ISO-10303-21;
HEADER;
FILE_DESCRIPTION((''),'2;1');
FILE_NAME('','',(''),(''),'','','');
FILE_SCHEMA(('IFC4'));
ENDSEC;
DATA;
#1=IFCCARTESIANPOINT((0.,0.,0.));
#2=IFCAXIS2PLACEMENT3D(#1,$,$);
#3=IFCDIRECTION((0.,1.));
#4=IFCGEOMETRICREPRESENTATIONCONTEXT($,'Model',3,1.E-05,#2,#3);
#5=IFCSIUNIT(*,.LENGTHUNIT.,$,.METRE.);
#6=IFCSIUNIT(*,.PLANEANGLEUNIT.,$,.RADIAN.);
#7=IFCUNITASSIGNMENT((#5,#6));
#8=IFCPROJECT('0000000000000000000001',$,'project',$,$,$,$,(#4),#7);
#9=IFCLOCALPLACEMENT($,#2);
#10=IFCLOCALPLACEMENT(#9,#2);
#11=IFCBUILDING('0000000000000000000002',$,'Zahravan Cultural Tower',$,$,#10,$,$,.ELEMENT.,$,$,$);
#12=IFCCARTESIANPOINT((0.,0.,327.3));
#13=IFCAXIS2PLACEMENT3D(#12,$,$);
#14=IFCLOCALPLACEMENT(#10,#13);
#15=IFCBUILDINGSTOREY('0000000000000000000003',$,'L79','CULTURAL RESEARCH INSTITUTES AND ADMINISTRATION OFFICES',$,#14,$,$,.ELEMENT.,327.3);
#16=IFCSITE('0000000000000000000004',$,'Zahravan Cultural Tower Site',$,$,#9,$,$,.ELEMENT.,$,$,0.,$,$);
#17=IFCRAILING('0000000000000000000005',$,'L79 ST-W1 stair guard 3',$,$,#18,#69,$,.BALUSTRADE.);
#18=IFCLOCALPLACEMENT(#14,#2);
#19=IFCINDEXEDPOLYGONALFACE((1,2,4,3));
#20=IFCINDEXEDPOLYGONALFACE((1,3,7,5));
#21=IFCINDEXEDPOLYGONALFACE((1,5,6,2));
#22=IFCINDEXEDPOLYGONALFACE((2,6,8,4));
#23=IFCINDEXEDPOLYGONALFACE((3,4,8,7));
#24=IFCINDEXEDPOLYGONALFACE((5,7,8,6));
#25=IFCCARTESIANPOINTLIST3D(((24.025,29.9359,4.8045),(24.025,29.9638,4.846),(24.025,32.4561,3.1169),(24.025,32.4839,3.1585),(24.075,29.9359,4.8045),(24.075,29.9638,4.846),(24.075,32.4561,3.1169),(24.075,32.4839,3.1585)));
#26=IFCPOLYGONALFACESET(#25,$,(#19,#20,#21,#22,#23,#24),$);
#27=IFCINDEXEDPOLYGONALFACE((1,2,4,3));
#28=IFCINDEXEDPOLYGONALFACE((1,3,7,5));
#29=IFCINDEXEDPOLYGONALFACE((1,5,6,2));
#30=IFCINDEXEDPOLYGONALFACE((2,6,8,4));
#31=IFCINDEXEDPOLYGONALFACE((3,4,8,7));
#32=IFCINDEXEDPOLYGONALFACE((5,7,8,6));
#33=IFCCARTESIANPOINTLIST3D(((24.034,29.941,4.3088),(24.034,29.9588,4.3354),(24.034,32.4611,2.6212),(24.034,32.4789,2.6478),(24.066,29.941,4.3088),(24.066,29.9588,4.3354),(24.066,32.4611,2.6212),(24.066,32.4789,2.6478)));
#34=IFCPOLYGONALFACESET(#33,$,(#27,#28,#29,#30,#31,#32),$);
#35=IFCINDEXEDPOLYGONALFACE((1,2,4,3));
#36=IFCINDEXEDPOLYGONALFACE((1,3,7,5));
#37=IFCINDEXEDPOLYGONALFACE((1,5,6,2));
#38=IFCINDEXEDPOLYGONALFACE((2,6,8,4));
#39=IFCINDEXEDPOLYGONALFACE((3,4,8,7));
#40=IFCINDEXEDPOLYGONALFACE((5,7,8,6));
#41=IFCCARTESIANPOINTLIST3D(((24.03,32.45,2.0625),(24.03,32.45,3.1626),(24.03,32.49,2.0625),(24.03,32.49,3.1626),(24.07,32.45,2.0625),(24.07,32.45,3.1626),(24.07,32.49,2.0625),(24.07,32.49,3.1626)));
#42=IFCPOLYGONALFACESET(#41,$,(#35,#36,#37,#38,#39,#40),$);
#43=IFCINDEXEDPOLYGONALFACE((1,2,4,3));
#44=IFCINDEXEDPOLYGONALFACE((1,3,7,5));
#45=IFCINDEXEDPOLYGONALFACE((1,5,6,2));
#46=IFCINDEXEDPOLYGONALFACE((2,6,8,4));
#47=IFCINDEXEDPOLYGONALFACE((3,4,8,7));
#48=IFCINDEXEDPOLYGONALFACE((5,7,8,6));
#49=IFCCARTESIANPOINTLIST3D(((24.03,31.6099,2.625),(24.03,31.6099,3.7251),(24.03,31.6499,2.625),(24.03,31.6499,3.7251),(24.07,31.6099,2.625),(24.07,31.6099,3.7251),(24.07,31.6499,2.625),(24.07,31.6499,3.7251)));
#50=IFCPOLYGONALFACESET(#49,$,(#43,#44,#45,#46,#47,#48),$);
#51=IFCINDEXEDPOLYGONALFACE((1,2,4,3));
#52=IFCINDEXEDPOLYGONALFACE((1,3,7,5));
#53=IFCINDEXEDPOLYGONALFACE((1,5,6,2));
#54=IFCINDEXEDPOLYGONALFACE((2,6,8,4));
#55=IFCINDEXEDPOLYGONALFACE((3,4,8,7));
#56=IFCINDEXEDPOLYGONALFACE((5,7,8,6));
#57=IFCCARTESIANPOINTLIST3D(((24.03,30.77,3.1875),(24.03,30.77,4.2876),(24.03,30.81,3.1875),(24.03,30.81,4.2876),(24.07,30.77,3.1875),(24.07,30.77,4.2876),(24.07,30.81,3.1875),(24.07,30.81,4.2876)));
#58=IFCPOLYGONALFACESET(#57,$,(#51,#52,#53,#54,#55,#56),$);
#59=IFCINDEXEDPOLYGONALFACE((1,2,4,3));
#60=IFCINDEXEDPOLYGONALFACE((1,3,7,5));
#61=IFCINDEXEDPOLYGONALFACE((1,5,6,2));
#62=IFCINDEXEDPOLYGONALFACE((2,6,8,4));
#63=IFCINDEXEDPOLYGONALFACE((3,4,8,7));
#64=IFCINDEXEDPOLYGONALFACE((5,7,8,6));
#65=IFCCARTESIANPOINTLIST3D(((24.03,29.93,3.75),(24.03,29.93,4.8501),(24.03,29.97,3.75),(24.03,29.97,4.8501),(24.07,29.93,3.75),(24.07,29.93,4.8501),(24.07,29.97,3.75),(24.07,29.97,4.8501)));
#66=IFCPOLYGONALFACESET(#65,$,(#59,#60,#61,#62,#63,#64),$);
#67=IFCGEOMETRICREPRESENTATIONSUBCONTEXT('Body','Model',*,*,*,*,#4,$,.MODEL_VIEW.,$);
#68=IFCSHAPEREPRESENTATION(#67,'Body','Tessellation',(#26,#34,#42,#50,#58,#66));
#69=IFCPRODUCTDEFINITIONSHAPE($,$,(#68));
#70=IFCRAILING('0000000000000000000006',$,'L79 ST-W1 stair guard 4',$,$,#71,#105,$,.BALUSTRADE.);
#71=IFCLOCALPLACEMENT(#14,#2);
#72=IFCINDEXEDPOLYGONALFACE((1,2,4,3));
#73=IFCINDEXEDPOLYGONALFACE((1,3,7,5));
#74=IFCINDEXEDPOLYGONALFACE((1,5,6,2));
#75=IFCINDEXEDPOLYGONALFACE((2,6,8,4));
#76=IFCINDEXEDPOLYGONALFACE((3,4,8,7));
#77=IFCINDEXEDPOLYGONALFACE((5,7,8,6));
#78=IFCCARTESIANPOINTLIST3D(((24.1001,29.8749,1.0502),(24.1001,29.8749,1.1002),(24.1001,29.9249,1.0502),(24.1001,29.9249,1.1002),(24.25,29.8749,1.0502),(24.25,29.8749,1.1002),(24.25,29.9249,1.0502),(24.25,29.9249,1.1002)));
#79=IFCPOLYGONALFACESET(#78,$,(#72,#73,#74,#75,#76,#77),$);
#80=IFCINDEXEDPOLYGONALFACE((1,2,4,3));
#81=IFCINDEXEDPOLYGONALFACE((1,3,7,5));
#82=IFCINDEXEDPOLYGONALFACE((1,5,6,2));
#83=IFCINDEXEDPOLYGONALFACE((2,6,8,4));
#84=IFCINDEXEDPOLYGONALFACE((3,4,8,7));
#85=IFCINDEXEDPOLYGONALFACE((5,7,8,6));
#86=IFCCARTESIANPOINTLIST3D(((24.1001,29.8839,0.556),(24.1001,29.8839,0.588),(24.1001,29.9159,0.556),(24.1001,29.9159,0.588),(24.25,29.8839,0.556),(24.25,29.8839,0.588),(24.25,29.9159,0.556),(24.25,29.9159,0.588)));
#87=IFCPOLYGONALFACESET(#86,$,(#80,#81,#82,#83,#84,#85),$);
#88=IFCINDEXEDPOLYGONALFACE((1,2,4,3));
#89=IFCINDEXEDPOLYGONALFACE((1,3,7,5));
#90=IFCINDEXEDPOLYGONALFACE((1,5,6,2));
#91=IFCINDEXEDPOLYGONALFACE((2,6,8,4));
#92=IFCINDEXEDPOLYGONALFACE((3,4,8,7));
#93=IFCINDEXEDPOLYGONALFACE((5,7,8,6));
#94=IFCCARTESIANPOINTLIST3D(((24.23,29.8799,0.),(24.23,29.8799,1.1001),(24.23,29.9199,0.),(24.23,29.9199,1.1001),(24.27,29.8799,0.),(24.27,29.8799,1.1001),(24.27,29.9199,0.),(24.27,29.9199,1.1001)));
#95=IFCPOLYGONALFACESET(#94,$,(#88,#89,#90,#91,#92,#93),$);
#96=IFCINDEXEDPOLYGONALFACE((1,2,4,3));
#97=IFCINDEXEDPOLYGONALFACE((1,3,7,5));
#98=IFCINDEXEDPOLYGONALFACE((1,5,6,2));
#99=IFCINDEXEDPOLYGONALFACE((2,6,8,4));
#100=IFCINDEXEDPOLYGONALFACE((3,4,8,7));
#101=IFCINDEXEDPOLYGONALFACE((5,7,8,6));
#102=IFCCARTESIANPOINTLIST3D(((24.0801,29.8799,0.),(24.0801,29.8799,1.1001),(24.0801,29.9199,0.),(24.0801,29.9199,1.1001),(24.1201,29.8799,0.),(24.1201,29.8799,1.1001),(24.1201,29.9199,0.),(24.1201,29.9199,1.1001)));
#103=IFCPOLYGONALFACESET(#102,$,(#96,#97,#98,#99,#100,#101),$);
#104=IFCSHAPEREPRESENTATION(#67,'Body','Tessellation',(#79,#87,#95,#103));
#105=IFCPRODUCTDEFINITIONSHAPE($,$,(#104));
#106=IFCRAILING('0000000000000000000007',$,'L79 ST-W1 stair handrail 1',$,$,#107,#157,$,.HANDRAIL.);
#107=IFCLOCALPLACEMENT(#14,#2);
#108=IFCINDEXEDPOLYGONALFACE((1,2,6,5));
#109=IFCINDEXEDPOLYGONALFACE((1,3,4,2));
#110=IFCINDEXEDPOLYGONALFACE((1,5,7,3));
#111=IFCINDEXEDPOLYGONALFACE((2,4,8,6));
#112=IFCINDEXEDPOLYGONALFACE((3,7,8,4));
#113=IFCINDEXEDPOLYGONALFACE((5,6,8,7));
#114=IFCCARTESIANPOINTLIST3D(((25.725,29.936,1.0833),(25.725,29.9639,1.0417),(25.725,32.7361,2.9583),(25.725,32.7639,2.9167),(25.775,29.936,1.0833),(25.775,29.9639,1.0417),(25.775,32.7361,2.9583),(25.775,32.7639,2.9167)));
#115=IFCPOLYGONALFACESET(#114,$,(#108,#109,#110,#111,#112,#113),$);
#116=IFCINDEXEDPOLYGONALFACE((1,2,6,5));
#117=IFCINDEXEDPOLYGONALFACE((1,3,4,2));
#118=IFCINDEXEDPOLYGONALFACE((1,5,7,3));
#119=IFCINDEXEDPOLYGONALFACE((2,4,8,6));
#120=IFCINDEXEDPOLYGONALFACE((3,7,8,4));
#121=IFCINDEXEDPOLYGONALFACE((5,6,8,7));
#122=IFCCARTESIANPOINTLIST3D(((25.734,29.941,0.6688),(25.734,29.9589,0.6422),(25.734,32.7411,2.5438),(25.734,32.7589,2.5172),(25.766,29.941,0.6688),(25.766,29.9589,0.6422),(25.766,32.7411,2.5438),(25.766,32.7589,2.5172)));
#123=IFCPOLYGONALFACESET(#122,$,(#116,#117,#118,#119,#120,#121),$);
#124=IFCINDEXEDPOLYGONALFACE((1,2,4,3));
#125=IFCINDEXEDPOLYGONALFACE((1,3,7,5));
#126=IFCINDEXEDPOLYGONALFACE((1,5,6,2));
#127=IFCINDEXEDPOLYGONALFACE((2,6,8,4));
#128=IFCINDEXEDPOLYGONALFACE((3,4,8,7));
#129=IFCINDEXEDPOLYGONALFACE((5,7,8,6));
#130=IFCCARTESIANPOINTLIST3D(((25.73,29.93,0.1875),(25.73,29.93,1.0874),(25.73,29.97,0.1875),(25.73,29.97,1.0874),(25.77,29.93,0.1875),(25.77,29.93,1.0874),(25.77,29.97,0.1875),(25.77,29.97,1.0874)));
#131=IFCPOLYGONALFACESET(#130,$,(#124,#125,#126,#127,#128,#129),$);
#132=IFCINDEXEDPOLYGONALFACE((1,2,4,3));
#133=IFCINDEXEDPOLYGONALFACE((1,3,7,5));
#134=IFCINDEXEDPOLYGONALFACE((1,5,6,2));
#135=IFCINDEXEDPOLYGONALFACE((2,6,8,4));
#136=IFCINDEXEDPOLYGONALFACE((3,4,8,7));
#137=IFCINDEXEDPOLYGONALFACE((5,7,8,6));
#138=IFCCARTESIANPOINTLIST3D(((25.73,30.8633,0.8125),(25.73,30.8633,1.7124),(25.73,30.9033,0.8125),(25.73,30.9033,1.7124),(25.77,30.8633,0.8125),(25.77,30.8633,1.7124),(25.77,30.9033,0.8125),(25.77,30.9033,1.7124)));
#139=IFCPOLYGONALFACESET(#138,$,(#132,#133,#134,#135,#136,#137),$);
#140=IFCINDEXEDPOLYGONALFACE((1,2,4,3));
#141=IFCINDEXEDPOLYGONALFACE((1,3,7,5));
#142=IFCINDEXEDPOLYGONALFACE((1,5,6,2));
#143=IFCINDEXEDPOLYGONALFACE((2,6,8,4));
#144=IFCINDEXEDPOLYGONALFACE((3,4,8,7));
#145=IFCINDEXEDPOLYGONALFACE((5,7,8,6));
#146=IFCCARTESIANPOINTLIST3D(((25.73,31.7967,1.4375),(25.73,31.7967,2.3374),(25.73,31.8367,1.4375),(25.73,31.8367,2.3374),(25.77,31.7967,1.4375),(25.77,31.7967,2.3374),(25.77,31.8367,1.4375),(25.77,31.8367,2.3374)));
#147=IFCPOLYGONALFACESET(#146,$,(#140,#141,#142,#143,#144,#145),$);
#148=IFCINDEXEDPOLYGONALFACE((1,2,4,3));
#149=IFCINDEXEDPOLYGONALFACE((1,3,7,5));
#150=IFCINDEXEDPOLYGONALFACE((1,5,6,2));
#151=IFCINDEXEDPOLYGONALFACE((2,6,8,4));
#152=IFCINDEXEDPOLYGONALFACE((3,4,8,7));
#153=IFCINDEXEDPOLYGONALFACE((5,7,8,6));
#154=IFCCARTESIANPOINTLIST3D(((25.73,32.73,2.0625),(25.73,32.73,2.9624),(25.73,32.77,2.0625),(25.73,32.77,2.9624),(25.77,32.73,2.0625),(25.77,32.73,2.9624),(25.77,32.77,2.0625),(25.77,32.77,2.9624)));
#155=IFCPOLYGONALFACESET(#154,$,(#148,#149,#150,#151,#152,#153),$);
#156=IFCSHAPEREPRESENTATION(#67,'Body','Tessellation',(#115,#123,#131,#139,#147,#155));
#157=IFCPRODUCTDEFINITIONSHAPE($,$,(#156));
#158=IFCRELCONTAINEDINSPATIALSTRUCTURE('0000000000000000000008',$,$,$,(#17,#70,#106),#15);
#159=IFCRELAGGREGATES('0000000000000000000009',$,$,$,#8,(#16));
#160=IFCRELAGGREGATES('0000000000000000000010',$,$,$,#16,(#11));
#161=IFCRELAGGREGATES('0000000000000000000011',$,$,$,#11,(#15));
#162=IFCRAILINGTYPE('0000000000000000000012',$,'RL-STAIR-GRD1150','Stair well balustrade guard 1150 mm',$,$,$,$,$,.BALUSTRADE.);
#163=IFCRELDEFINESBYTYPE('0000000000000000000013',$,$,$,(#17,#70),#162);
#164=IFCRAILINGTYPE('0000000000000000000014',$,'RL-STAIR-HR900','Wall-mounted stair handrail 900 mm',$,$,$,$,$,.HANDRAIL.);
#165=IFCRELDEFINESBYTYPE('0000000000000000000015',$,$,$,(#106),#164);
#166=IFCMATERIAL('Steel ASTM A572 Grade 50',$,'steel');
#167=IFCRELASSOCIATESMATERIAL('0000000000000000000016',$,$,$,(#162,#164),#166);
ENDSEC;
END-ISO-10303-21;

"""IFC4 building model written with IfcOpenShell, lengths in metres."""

from ifc_helpers import new_model, si_unit, direction, frame, origin, origin_2d, place, context, subcontext, project, spatial, rectangle, extrude, material, type_object, element, save


model = new_model("IFC4")

# Units and contexts
model_context = context("Model", 3, precision=1e-05, world=origin(), true_north=direction((0.0, 1.0)))
body_context = subcontext(model_context, "Body", "Model", "MODEL_VIEW")
ifc_project = project(units=[si_unit("LENGTHUNIT", "METRE"), si_unit("PLANEANGLEUNIT", "RADIAN")], contexts=[model_context])

# Site, building, storey
site_placement = place(None, origin())
site = spatial("IfcSite", under=ifc_project, at=site_placement, Name="Zahravan Cultural Tower Site", CompositionType="ELEMENT", RefElevation=0.0)
building_placement = place(site_placement, origin())
building = spatial("IfcBuilding", under=site, at=building_placement, Name="Zahravan Cultural Tower", CompositionType="ELEMENT")
storey_placement = place(building_placement, frame((0.0, 0.0, 327.3)))
storey = spatial("IfcBuildingStorey", under=building, at=storey_placement, Name="L79", Description="CULTURAL RESEARCH INSTITUTES AND ADMINISTRATION OFFICES", CompositionType="ELEMENT", Elevation=327.3)

# Shared definitions
ifc_material_1 = material(Name="Steel ASTM A572 Grade 50", Category="steel")

# Railings
railing_type_1 = type_object("IfcRailingType", Name="RL-STAIR-GRD1150", Description="Stair well balustrade guard 1150 mm", PredefinedType="BALUSTRADE", material=ifc_material_1)
railing_1_placement = place(storey_placement, frame((24.05, 32.47, 2.0625)))
element("IfcRailing", 1, at=railing_1_placement, inside=storey, type_object=railing_type_1, Name="L79 ST-W1 stair guard 3", PredefinedType="BALUSTRADE", context=body_context, shape_type="SweptSolid", body=[
    extrude(rectangle(XDim=0.05, YDim=0.05, at=origin_2d()), frame((0.0, 0.0, 1.0752), z_axis=(0.0, -0.830909, 0.556408), x_axis=(1.0, 0.0, 0.0)), (0.0, 0.0, 1.0), 3.033),
    extrude(rectangle(XDim=0.032, YDim=0.032, at=origin_2d()), frame((0.0, 0.0, 0.572), z_axis=(0.0, -0.830909, 0.556408), x_axis=(1.0, 0.0, 0.0)), (0.0, 0.0, 1.0), 3.033),
    extrude(rectangle(XDim=0.04, YDim=0.04, at=origin_2d()), origin(), (0.0, 0.0, 1.0), 1.1001),
    extrude(rectangle(XDim=0.04, YDim=0.04, at=origin_2d()), frame((0.0, -0.8401, 0.5625)), (0.0, 0.0, 1.0), 1.1001),
    extrude(rectangle(XDim=0.04, YDim=0.04, at=origin_2d()), frame((0.0, -1.6799, 1.125)), (0.0, 0.0, 1.0), 1.1001),
    extrude(rectangle(XDim=0.04, YDim=0.04, at=origin_2d()), frame((0.0, -2.52, 1.6875)), (0.0, 0.0, 1.0), 1.1001),
])
railing_2_placement = place(storey_placement, frame((24.25, 29.8999, 0.0)))
element("IfcRailing", 2, at=railing_2_placement, inside=storey, type_object=railing_type_1, Name="L79 ST-W1 stair guard 4", PredefinedType="BALUSTRADE", context=body_context, shape_type="SweptSolid", body=[
    extrude(rectangle(XDim=0.05, YDim=0.05, at=origin_2d()), frame((0.0, 0.0, 1.0752), z_axis=(-1.0, 0.0, 0.0), x_axis=(0.0, -1.0, 0.0)), (0.0, 0.0, 1.0), 0.1499),
    extrude(rectangle(XDim=0.032, YDim=0.032, at=origin_2d()), frame((0.0, 0.0, 0.572), z_axis=(-1.0, 0.0, 0.0), x_axis=(0.0, -1.0, 0.0)), (0.0, 0.0, 1.0), 0.1499),
    extrude(rectangle(XDim=0.04, YDim=0.04, at=origin_2d()), origin(), (0.0, 0.0, 1.0), 1.1001),
    extrude(rectangle(XDim=0.04, YDim=0.04, at=origin_2d()), frame((-0.1499, 0.0, 0.0)), (0.0, 0.0, 1.0), 1.1001),
])
railing_type_2 = type_object("IfcRailingType", Name="RL-STAIR-HR900", Description="Wall-mounted stair handrail 900 mm", PredefinedType="HANDRAIL", material=ifc_material_1)
railing_3_placement = place(storey_placement, frame((25.75, 29.95, 0.1875)))
element("IfcRailing", 3, at=railing_3_placement, inside=storey, type_object=railing_type_2, Name="L79 ST-W1 stair handrail 1", PredefinedType="HANDRAIL", context=body_context, shape_type="SweptSolid", body=[
    extrude(rectangle(XDim=0.05, YDim=0.05, at=origin_2d()), frame((0.0, 0.0, 0.875), z_axis=(0.0, 0.830912, 0.556404), x_axis=(-1.0, 0.0, 0.0)), (0.0, 0.0, 1.0), 3.3699),
    extrude(rectangle(XDim=0.032, YDim=0.032, at=origin_2d()), frame((0.0, 0.0, 0.468), z_axis=(0.0, 0.830912, 0.556404), x_axis=(-1.0, 0.0, 0.0)), (0.0, 0.0, 1.0), 3.3699),
    extrude(rectangle(XDim=0.04, YDim=0.04, at=origin_2d()), origin(), (0.0, 0.0, 1.0), 0.8999),
    extrude(rectangle(XDim=0.04, YDim=0.04, at=origin_2d()), frame((0.0, 0.9333, 0.625)), (0.0, 0.0, 1.0), 0.8999),
    extrude(rectangle(XDim=0.04, YDim=0.04, at=origin_2d()), frame((0.0, 1.8667, 1.25)), (0.0, 0.0, 1.0), 0.8999),
    extrude(rectangle(XDim=0.04, YDim=0.04, at=origin_2d()), frame((0.0, 2.8, 1.875)), (0.0, 0.0, 1.0), 0.8999),
])

save(model, "model.ifc")
